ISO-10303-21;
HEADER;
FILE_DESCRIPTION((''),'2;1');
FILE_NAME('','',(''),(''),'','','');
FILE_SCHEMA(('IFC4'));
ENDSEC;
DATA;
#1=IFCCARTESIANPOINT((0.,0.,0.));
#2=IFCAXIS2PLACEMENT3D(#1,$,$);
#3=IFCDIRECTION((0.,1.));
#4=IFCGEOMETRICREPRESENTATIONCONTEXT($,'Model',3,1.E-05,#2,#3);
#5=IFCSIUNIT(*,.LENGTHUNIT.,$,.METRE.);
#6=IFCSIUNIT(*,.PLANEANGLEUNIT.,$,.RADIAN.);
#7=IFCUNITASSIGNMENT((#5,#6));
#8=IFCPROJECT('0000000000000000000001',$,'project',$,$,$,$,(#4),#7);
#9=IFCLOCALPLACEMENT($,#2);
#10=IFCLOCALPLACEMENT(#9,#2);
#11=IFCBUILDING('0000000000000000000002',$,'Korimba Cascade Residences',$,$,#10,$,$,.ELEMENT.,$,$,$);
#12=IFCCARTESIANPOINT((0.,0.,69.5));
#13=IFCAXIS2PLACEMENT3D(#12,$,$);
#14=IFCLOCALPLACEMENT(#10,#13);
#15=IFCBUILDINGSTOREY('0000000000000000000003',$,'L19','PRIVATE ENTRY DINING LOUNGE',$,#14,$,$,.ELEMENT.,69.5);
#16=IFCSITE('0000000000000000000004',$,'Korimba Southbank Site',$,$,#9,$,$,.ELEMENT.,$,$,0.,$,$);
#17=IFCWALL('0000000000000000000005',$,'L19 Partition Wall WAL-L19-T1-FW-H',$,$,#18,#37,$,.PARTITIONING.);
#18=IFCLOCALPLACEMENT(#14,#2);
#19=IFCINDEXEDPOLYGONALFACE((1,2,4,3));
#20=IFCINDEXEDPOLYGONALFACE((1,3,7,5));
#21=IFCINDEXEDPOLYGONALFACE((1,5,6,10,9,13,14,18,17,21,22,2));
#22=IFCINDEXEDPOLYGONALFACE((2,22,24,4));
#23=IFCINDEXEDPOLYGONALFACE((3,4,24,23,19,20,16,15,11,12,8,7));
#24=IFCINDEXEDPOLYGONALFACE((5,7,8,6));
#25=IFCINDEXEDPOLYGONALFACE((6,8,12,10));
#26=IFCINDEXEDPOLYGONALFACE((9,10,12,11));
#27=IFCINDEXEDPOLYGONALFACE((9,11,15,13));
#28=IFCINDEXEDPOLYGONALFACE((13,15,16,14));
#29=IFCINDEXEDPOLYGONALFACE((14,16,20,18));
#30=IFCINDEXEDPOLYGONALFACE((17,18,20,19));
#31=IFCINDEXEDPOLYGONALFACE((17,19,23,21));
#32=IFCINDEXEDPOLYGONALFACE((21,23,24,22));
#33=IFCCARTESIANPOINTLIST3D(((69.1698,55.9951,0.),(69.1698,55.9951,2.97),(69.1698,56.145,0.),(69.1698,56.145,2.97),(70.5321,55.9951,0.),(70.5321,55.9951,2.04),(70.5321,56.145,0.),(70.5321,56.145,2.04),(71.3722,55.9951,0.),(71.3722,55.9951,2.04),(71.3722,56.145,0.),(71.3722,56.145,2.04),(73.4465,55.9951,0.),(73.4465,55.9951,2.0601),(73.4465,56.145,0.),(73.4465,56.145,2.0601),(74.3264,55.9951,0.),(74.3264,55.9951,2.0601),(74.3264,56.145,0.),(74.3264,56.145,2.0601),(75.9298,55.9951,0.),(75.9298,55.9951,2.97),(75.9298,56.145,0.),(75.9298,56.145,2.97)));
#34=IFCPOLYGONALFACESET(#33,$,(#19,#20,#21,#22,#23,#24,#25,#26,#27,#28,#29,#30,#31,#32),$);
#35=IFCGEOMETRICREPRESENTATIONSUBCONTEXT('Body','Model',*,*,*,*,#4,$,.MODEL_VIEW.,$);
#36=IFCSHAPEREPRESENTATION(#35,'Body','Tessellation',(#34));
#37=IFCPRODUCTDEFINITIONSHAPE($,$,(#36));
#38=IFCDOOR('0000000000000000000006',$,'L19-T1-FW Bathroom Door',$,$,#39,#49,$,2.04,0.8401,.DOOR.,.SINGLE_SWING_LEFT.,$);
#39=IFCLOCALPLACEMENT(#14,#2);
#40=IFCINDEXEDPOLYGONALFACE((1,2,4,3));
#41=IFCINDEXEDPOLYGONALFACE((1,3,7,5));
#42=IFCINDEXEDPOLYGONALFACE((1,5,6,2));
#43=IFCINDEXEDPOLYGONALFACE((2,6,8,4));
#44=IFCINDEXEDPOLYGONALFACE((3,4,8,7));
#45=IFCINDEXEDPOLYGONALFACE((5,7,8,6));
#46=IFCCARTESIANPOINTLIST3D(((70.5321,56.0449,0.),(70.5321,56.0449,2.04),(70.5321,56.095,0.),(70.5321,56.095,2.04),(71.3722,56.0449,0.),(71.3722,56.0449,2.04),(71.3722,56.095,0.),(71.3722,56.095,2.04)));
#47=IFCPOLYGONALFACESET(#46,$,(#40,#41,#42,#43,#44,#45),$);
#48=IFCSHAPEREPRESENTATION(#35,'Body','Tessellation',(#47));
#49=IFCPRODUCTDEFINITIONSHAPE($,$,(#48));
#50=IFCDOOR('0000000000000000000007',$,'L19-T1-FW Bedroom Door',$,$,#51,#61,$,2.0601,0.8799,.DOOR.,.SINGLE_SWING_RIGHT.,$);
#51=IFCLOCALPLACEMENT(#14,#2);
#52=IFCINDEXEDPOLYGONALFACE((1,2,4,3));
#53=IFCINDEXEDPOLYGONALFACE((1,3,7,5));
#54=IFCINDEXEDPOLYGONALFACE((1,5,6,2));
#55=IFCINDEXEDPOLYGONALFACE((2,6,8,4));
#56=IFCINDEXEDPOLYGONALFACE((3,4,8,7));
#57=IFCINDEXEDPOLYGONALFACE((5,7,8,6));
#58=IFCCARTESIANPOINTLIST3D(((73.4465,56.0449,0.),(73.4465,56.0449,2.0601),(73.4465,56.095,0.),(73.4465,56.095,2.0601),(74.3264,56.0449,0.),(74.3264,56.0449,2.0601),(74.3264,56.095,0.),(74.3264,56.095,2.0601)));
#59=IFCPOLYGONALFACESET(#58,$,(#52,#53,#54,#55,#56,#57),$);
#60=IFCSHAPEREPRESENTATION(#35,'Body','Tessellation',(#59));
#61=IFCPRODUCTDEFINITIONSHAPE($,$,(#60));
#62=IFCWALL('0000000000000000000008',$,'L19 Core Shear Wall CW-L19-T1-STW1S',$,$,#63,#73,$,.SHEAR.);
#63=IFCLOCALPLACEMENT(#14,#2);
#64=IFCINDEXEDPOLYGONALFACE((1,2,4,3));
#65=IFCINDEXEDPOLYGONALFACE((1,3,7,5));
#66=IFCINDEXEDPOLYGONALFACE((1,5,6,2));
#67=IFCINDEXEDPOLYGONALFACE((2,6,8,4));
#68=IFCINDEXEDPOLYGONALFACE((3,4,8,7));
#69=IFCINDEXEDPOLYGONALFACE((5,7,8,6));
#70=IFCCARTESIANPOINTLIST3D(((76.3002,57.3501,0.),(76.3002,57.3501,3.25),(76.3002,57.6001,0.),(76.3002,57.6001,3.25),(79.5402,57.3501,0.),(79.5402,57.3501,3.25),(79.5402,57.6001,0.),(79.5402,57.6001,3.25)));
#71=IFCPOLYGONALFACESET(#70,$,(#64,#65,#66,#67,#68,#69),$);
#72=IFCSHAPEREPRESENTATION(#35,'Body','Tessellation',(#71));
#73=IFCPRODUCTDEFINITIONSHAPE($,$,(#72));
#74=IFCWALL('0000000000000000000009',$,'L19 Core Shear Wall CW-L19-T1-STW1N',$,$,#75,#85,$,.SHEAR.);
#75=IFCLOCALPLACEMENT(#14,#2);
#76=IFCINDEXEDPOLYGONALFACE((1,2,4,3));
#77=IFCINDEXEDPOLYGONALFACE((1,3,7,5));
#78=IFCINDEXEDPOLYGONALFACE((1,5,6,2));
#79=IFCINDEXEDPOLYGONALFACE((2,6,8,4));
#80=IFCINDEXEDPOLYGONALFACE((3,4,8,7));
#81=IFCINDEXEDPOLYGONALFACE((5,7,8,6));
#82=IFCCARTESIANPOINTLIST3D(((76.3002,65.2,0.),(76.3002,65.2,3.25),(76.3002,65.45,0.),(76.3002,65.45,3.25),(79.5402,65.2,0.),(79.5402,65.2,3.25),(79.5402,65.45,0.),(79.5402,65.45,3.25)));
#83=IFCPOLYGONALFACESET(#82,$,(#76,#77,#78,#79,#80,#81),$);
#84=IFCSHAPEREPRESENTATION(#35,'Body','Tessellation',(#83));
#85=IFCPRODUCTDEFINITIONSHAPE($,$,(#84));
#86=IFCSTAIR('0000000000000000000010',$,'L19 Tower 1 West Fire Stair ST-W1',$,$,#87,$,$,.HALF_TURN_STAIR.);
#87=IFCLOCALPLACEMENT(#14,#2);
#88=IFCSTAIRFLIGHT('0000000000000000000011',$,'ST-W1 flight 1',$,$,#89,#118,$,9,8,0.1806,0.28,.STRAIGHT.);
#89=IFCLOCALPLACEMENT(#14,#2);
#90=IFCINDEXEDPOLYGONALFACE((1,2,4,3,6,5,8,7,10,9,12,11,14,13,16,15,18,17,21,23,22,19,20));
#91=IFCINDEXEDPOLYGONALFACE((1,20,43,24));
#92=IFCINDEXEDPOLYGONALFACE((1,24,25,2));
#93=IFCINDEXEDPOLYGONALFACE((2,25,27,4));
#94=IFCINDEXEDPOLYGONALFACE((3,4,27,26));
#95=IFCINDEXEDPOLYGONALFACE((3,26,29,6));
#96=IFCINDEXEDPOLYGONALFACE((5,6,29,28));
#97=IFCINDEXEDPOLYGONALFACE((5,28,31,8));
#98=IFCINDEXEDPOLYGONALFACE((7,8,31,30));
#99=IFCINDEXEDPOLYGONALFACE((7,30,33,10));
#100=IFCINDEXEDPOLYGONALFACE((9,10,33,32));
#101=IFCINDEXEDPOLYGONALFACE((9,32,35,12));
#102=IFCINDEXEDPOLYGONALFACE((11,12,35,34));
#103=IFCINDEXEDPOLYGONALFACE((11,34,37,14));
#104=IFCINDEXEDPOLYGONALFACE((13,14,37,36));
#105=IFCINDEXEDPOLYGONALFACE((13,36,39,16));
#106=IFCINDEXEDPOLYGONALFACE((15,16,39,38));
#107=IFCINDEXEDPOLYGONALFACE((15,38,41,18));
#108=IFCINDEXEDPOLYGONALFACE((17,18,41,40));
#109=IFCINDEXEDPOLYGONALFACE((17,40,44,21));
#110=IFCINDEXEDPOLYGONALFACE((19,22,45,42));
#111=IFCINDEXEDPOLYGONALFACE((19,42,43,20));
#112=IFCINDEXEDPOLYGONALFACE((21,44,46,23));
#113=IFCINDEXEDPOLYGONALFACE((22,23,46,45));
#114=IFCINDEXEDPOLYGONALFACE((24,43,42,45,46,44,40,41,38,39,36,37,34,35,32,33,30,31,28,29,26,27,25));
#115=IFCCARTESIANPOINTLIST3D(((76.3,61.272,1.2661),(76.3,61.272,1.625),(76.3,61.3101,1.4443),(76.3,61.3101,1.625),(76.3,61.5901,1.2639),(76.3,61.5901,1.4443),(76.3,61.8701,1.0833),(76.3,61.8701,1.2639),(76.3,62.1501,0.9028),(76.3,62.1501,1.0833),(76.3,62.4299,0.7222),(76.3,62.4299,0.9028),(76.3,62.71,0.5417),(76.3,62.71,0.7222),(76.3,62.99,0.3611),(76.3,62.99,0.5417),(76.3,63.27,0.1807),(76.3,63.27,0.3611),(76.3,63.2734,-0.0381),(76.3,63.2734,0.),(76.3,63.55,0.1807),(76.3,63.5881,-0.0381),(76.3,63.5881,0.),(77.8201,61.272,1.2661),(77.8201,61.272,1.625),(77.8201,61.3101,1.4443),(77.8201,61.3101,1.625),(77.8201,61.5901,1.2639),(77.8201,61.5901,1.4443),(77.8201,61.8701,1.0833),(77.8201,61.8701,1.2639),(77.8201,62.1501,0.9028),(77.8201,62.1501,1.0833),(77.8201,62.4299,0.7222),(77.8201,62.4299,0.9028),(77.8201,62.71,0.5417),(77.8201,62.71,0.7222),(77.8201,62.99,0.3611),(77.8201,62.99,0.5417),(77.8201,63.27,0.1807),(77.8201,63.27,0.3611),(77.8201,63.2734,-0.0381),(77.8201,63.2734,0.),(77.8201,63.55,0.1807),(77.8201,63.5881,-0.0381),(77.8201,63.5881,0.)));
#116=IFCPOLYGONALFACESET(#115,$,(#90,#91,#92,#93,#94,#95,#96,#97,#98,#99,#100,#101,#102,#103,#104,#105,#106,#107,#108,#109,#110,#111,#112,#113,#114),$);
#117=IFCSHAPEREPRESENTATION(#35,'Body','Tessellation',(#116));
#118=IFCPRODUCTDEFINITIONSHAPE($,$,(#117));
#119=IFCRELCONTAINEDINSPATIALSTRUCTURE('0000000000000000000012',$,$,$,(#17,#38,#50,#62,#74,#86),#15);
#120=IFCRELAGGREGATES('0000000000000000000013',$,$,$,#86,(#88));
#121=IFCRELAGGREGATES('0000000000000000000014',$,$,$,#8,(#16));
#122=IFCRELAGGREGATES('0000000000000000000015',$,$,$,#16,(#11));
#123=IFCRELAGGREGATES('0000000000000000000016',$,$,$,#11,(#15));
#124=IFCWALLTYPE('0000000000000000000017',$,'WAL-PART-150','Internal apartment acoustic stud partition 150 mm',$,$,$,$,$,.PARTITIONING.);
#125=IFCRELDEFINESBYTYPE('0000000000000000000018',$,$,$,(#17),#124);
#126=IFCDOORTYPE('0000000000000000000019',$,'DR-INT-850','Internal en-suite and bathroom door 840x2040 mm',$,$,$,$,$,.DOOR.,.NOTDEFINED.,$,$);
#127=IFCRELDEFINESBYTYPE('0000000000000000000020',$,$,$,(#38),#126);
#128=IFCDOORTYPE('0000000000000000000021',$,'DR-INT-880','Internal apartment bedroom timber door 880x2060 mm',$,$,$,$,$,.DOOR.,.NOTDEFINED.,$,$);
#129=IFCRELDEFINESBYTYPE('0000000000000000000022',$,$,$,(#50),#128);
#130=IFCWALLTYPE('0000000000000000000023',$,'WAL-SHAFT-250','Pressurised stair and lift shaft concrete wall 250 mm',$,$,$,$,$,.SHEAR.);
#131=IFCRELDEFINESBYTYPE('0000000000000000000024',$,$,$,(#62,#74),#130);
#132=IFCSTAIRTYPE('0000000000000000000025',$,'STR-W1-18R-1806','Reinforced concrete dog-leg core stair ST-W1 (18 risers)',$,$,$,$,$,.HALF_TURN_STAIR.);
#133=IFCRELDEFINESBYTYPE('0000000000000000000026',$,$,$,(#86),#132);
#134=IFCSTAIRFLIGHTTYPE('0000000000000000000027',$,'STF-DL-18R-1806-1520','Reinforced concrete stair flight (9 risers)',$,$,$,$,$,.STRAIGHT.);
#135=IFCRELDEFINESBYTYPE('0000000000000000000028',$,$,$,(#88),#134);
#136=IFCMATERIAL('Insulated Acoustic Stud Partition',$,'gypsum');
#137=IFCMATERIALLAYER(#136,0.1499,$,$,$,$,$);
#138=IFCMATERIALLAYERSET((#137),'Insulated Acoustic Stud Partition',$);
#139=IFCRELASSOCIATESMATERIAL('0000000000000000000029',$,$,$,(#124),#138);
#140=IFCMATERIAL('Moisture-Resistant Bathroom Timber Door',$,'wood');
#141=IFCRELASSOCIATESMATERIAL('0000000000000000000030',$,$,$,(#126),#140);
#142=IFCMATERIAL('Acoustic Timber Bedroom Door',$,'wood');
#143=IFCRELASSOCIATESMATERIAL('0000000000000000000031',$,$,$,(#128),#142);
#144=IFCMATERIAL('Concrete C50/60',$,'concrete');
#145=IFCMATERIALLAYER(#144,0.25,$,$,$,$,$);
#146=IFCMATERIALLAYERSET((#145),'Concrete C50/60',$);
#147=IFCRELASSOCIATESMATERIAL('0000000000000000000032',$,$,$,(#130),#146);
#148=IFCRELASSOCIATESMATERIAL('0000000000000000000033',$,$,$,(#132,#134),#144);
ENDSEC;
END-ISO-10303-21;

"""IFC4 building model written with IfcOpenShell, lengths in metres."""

from ifc_helpers import new_model, si_unit, direction, frame, frame_2d, origin, place, context, subcontext, project, spatial, polyline, rectangle, outline, extrude, material, layer, layer_set, type_object, element, fill, aggregate, save


model = new_model("IFC4")

# Units and contexts
model_context = context("Model", 3, precision=1e-05, world=origin(), true_north=direction((0.0, 1.0)))
body_context = subcontext(model_context, "Body", "Model", "MODEL_VIEW")
ifc_project = project(units=[si_unit("LENGTHUNIT", "METRE"), si_unit("PLANEANGLEUNIT", "RADIAN")], contexts=[model_context])

# Site, building, storey
site_placement = place(None, origin())
site = spatial("IfcSite", under=ifc_project, at=site_placement, Name="Korimba Southbank Site", CompositionType="ELEMENT", RefElevation=0.0)
building_placement = place(site_placement, origin())
building = spatial("IfcBuilding", under=site, at=building_placement, Name="Korimba Cascade Residences", CompositionType="ELEMENT")
storey_placement = place(building_placement, frame((0.0, 0.0, 69.5)))
storey = spatial("IfcBuildingStorey", under=building, at=storey_placement, Name="L19", Description="PRIVATE ENTRY DINING LOUNGE", CompositionType="ELEMENT", Elevation=69.5)

# Shared definitions
ifc_material_1 = material(Name="Concrete C50/60", Category="concrete")

# Shared definitions
ifc_material_2 = material(Name="Insulated Acoustic Stud Partition", Category="gypsum")
ifc_layer_1 = layer(ifc_material_2, 0.1499)
ifc_layer_set_1 = layer_set([ifc_layer_1], Name="Insulated Acoustic Stud Partition")
wall_type_1 = type_object("IfcWallType", Name="WAL-PART-150", Description="Internal apartment acoustic stud partition 150 mm", PredefinedType="PARTITIONING", material=ifc_layer_set_1)

# Wall, openings, doors
wall_1_placement = place(storey_placement, frame((69.1699, 56.0701, 0.0), z_axis=(0.0, 0.0, 1.0), x_axis=(1.0, 0.0, 0.0)))
wall_1 = element("IfcWall", 1, at=wall_1_placement, inside=storey, type_object=wall_type_1, Name="L19 Partition Wall WAL-L19-T1-FW-H", PredefinedType="PARTITIONING", context=body_context, shape_type="SweptSolid", body=[
    extrude(rectangle(XDim=6.76, YDim=0.1499, at=frame_2d((3.3799, 0.0))), origin(), (0.0, 0.0, 1.0), 2.97),
])
opening_1_placement = place(wall_1_placement, frame((1.3623, 0.0, 0.0)))
opening_1 = element("IfcOpeningElement", 2, at=opening_1_placement, cuts=wall_1, PredefinedType="OPENING", context=body_context, shape_type="SweptSolid", body=[
    extrude(rectangle(XDim=0.8401, YDim=2.04, at=frame_2d((0.4199, 1.02))), frame((0.0, 0.085, 0.0), z_axis=(0.0, -1.0, 0.0), x_axis=(1.0, 0.0, 0.0)), (0.0, 0.0, 1.0), 0.1699),
])
opening_2_placement = place(wall_1_placement, frame((4.2766, 0.0, 0.0)))
opening_2 = element("IfcOpeningElement", 3, at=opening_2_placement, cuts=wall_1, PredefinedType="OPENING", context=body_context, shape_type="SweptSolid", body=[
    extrude(rectangle(XDim=0.8799, YDim=2.0601, at=frame_2d((0.4399, 1.03))), frame((0.0, 0.085, 0.0), z_axis=(0.0, -1.0, 0.0), x_axis=(1.0, 0.0, 0.0)), (0.0, 0.0, 1.0), 0.1699),
])
ifc_material_3 = material(Name="Moisture-Resistant Bathroom Timber Door", Category="wood")
door_type_1 = type_object("IfcDoorType", Name="DR-INT-850", Description="Internal en-suite and bathroom door 840x2040 mm", OperationType="NOTDEFINED", PredefinedType="DOOR", material=ifc_material_3)
door_1_placement = place(opening_1_placement, origin())
door_1 = element("IfcDoor", 4, at=door_1_placement, inside=storey, type_object=door_type_1, Name="L19-T1-FW Bathroom Door", OperationType="SINGLE_SWING_LEFT", OverallHeight=2.04, OverallWidth=0.8401, PredefinedType="DOOR", context=body_context, shape_type="SweptSolid", body=[
    extrude(rectangle(XDim=0.8401, YDim=2.04, at=frame_2d((0.4199, 1.02))), frame((0.0, 0.0249, 0.0), z_axis=(0.0, -1.0, 0.0), x_axis=(1.0, 0.0, 0.0)), (0.0, 0.0, 1.0), 0.05),
])
fill(opening_1, door_1)
ifc_material_4 = material(Name="Acoustic Timber Bedroom Door", Category="wood")
door_type_2 = type_object("IfcDoorType", Name="DR-INT-880", Description="Internal apartment bedroom timber door 880x2060 mm", OperationType="NOTDEFINED", PredefinedType="DOOR", material=ifc_material_4)
door_2_placement = place(opening_2_placement, origin())
door_2 = element("IfcDoor", 5, at=door_2_placement, inside=storey, type_object=door_type_2, Name="L19-T1-FW Bedroom Door", OperationType="SINGLE_SWING_RIGHT", OverallHeight=2.0601, OverallWidth=0.8799, PredefinedType="DOOR", context=body_context, shape_type="SweptSolid", body=[
    extrude(rectangle(XDim=0.8799, YDim=2.0601, at=frame_2d((0.4399, 1.03))), frame((0.0, 0.0249, 0.0), z_axis=(0.0, -1.0, 0.0), x_axis=(1.0, 0.0, 0.0)), (0.0, 0.0, 1.0), 0.05),
])
fill(opening_2, door_2)

# Walls
ifc_layer_2 = layer(ifc_material_1, 0.25)
ifc_layer_set_2 = layer_set([ifc_layer_2], Name="Concrete C50/60")
wall_type_2 = type_object("IfcWallType", Name="WAL-SHAFT-250", Description="Pressurised stair and lift shaft concrete wall 250 mm", PredefinedType="SHEAR", material=ifc_layer_set_2)
for number, where, z_axis, x_axis, name in (
    (6, (76.3, 57.4751, 0.0), (0.0, 0.0, 1.0), (1.0, 0.0, 0.0), "L19 Core Shear Wall CW-L19-T1-STW1S"),
    (7, (76.3, 65.325, 0.0), (0.0, 0.0, 1.0), (1.0, 0.0, 0.0), "L19 Core Shear Wall CW-L19-T1-STW1N"),
):
    element("IfcWall", number, at=place(storey_placement, frame(where, z_axis=z_axis, x_axis=x_axis)), inside=storey, type_object=wall_type_2, Name=name, PredefinedType="SHEAR", context=body_context, shape_type="SweptSolid", body=[
        extrude(rectangle(XDim=3.24, YDim=0.25, at=frame_2d((1.6201, 0.0))), origin(), (0.0, 0.0, 1.0), 3.25),
    ])

# Stair, stair flight
stair_type = type_object("IfcStairType", Name="STR-W1-18R-1806", Description="Reinforced concrete dog-leg core stair ST-W1 (18 risers)", PredefinedType="HALF_TURN_STAIR", material=ifc_material_1)
stair_placement = place(storey_placement, origin())
stair = element("IfcStair", 8, at=stair_placement, inside=storey, type_object=stair_type, Name="L19 Tower 1 West Fire Stair ST-W1", PredefinedType="HALF_TURN_STAIR")
stair_flight_type = type_object("IfcStairFlightType", Name="STF-DL-18R-1806-1520", Description="Reinforced concrete stair flight (9 risers)", PredefinedType="STRAIGHT", material=ifc_material_1)
stair_flight_placement = place(storey_placement, frame((77.0601, 63.55, 0.0), z_axis=(0.0, 0.0, 1.0), x_axis=(0.0, -1.0, 0.0)))
stair_flight = element("IfcStairFlight", 9, at=stair_flight_placement, type_object=stair_flight_type, Name="ST-W1 flight 1", NumberOfRisers=9, NumberOfTreads=8, PredefinedType="STRAIGHT", RiserHeight=0.1806, TreadLength=0.28, context=body_context, shape_type="SweptSolid", body=[
    extrude(outline(polyline([(-0.0381, 0.0), (0.0, 0.1807), (0.28, 0.1807), (0.28, 0.3611), (0.5601, 0.3611), (0.5601, 0.5417), (0.8401, 0.5417), (0.8401, 0.7222), (1.1201, 0.7222), (1.1201, 0.9028), (1.3999, 0.9028), (1.3999, 1.0833), (1.6799, 1.0833), (1.6799, 1.2639), (1.96, 1.2639), (1.96, 1.4443), (2.24, 1.4443), (2.24, 1.625), (2.2781, 1.625), (2.2781, 1.2661), (0.2766, 0.0), (0.2766, -0.0381), (-0.0381, -0.0381), (-0.0381, 0.0)])), frame((0.0, 0.76, 0.0), z_axis=(0.0, -1.0, 0.0), x_axis=(1.0, 0.0, 0.0)), (0.0, 0.0, 1.0), 1.52),
])
aggregate(stair, [stair_flight])

save(model, "model.ifc")
